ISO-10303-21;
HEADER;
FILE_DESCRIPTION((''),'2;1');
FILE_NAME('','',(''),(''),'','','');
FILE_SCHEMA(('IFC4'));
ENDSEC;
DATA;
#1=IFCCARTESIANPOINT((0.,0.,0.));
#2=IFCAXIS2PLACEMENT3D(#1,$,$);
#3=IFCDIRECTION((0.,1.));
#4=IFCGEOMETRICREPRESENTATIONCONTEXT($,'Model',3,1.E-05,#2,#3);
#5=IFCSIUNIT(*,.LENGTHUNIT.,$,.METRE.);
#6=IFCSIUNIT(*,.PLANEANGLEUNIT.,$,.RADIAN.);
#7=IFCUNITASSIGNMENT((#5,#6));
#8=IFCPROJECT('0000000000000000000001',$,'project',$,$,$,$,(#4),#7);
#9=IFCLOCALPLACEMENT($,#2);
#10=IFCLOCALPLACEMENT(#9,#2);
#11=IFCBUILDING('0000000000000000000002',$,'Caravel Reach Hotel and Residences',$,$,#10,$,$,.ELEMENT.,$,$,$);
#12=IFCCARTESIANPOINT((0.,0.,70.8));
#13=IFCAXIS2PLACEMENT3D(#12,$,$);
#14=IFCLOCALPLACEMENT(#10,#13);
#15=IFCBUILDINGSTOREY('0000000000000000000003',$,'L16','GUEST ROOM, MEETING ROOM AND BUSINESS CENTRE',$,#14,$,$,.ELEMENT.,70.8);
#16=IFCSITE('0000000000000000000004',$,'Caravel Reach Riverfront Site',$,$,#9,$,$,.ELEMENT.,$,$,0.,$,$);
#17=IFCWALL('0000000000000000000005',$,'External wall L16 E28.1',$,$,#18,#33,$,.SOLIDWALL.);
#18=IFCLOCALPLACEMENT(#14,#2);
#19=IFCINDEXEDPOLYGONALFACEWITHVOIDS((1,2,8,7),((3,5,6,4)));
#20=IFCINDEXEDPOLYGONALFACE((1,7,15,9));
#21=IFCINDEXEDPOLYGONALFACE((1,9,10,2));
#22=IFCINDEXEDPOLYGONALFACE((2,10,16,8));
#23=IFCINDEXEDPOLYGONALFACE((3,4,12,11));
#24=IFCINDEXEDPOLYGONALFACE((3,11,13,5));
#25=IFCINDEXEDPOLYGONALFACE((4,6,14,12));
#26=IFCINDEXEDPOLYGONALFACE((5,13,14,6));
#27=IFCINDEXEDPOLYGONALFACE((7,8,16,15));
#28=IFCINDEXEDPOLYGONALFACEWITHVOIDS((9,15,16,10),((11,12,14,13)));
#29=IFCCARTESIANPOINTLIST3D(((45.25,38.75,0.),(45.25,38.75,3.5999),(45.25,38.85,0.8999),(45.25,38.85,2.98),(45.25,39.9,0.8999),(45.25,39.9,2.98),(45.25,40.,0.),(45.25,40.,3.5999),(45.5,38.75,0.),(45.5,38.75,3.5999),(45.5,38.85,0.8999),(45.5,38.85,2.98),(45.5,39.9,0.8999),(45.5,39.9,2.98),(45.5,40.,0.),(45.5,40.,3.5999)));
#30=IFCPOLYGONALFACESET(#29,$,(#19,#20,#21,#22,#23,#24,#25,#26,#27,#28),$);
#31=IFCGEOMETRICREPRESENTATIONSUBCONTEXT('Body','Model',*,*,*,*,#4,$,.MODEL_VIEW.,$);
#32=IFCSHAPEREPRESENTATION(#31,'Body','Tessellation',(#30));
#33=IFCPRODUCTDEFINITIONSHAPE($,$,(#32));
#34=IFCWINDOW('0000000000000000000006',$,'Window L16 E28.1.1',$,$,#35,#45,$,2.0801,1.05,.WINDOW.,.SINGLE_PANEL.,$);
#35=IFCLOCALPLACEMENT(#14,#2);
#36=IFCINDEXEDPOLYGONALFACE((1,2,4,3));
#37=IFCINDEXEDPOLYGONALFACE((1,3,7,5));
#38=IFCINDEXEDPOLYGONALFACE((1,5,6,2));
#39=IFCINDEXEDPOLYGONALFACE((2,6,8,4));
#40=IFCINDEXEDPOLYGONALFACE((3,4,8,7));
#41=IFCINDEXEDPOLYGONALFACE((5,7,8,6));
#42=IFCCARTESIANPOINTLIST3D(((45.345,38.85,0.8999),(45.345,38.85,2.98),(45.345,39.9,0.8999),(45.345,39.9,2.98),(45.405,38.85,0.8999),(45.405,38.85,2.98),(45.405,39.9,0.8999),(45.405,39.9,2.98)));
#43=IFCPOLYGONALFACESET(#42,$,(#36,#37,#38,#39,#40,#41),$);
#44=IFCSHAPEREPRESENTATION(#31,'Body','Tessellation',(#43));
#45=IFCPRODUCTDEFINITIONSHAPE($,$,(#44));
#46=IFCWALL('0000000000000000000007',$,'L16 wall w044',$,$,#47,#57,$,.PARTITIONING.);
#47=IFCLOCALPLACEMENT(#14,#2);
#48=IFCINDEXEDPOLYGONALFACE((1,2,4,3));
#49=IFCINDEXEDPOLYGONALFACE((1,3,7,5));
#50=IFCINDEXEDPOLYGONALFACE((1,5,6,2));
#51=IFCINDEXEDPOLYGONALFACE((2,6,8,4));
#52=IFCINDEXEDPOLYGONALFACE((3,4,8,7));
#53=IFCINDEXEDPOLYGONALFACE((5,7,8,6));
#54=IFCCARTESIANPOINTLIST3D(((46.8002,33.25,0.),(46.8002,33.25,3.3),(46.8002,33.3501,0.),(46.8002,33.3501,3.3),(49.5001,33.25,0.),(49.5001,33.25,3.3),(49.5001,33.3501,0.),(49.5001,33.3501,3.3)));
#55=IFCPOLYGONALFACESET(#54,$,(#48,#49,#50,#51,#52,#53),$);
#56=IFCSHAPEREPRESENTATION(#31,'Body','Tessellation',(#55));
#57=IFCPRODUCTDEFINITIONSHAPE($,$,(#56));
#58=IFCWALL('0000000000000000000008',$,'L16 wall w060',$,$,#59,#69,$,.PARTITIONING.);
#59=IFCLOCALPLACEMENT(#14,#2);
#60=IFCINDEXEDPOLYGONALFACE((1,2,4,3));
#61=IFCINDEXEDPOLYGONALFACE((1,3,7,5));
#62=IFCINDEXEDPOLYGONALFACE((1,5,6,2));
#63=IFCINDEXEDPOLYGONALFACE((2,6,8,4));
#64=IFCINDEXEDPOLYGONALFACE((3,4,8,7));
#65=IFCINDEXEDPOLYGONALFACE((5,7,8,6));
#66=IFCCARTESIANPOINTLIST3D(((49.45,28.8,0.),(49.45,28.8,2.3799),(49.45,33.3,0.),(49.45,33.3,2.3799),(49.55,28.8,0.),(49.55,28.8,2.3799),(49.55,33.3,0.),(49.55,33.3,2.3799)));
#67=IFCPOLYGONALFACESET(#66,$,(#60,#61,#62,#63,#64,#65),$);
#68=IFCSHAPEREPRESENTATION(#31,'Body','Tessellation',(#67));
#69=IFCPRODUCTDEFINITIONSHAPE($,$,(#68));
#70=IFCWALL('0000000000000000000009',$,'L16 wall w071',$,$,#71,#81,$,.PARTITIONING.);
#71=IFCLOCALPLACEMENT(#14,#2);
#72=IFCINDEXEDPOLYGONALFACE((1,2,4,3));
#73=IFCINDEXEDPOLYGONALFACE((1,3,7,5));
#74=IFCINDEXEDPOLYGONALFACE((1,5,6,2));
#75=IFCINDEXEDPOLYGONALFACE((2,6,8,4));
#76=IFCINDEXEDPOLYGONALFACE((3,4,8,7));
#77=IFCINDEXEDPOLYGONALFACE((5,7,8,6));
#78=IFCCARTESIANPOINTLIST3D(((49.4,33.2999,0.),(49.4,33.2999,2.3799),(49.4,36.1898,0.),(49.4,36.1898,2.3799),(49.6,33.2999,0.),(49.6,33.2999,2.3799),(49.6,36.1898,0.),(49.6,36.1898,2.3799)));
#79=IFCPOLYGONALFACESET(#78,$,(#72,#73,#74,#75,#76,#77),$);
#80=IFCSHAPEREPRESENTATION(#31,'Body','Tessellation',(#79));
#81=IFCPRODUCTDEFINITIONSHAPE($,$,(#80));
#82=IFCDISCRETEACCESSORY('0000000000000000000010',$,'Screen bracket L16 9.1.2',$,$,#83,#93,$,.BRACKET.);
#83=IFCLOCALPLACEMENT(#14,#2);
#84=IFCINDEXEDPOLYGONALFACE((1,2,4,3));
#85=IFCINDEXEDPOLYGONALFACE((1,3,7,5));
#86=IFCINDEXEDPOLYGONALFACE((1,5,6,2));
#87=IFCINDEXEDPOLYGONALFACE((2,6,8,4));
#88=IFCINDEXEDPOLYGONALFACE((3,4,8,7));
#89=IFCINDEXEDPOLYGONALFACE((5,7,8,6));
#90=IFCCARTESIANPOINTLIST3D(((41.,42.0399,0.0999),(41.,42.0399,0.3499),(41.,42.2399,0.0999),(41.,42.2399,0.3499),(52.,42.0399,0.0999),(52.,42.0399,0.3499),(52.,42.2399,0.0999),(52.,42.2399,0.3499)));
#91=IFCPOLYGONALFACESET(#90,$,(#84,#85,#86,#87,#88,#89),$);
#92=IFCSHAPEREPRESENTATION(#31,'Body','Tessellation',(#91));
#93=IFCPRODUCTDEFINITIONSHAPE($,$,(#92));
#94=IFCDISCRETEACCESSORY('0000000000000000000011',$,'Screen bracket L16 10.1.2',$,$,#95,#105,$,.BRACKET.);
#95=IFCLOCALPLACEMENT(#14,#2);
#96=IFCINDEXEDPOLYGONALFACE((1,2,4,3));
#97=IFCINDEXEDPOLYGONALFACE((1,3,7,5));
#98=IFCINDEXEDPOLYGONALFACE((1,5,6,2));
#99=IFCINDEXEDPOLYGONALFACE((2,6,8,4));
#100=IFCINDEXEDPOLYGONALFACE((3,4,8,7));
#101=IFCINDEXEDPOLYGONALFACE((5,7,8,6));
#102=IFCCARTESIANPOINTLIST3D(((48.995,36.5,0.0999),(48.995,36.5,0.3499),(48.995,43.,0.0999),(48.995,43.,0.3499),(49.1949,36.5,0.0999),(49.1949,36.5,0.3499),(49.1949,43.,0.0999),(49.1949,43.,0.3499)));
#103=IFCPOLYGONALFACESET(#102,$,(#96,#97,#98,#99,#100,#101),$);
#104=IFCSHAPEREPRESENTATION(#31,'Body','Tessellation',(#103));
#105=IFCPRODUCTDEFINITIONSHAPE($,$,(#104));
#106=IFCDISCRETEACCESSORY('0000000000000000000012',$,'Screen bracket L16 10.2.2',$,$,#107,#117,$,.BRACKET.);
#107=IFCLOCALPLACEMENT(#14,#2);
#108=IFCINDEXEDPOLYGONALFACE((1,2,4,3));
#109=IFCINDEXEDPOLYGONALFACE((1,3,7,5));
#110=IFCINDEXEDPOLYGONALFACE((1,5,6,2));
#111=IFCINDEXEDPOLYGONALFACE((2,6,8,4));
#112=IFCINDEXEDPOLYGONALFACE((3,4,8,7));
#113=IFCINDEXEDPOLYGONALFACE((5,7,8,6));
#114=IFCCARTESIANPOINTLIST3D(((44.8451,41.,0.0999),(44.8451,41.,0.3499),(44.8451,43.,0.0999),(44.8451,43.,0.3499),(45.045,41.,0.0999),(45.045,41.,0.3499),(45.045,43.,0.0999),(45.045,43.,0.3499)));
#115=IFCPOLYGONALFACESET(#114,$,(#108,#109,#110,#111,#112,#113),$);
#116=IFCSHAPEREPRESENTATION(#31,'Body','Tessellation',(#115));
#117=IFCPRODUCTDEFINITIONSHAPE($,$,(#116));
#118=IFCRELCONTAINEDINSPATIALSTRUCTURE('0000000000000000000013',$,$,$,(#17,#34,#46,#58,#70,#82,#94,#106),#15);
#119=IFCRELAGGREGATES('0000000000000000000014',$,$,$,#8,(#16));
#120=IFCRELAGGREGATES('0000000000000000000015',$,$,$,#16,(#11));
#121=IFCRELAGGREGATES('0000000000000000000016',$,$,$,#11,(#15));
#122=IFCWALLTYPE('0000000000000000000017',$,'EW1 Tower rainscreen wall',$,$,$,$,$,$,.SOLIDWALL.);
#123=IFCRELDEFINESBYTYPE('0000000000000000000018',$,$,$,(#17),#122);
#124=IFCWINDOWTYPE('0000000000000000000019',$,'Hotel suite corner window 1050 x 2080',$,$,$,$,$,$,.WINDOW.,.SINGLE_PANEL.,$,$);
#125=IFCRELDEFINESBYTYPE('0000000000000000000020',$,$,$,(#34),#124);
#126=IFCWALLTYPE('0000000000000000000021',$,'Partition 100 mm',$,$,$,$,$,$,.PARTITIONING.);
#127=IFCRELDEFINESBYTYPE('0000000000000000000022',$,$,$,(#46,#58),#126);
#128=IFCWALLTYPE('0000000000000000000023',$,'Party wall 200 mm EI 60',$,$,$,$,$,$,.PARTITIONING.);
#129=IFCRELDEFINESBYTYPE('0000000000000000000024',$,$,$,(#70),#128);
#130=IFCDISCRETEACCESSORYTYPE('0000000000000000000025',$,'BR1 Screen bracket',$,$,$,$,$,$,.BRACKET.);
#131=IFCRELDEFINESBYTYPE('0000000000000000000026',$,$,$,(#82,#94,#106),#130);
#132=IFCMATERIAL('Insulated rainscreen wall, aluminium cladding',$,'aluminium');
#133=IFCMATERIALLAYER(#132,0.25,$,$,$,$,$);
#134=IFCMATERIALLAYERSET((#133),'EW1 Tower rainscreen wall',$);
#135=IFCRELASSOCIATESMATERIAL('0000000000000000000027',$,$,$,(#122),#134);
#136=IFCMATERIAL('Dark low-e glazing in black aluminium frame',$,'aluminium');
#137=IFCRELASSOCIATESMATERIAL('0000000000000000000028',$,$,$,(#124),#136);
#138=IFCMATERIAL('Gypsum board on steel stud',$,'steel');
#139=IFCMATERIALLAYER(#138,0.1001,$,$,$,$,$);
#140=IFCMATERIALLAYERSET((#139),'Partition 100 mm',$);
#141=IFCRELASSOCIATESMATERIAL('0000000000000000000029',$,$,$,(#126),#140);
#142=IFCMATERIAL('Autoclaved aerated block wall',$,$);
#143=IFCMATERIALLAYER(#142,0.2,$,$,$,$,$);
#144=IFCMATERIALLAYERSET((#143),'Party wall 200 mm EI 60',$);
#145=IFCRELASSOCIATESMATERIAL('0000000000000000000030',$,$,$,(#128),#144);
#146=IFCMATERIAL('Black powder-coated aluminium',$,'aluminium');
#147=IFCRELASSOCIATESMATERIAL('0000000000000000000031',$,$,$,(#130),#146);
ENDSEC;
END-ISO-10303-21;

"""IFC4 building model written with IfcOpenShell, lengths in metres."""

from ifc_helpers import new_model, si_unit, direction, frame, frame_2d, origin, origin_2d, place, context, subcontext, project, spatial, rectangle, extrude, material, layer, layer_set, type_object, element, fill, save


model = new_model("IFC4")

# Units and contexts
model_context = context("Model", 3, precision=1e-05, world=origin(), true_north=direction((0.0, 1.0)))
body_context = subcontext(model_context, "Body", "Model", "MODEL_VIEW")
ifc_project = project(units=[si_unit("LENGTHUNIT", "METRE"), si_unit("PLANEANGLEUNIT", "RADIAN")], contexts=[model_context])

# Site, building, storey
site_placement = place(None, origin())
site = spatial("IfcSite", under=ifc_project, at=site_placement, Name="Caravel Reach Riverfront Site", CompositionType="ELEMENT", RefElevation=0.0)
building_placement = place(site_placement, origin())
building = spatial("IfcBuilding", under=site, at=building_placement, Name="Caravel Reach Hotel and Residences", CompositionType="ELEMENT")
storey_placement = place(building_placement, frame((0.0, 0.0, 70.8)))
storey = spatial("IfcBuildingStorey", under=building, at=storey_placement, Name="L16", Description="GUEST ROOM, MEETING ROOM AND BUSINESS CENTRE", CompositionType="ELEMENT", Elevation=70.8)

# Wall, opening, window
ifc_material_1 = material(Name="Insulated rainscreen wall, aluminium cladding", Category="aluminium")
ifc_layer_1 = layer(ifc_material_1, 0.25)
ifc_layer_set_1 = layer_set([ifc_layer_1], Name="EW1 Tower rainscreen wall")
wall_type_1 = type_object("IfcWallType", Name="EW1 Tower rainscreen wall", PredefinedType="SOLIDWALL", material=ifc_layer_set_1)
ifc_material_2 = material(Name="Dark low-e glazing in black aluminium frame", Category="aluminium")
window_type = type_object("IfcWindowType", Name="Hotel suite corner window 1050 x 2080", PartitioningType="SINGLE_PANEL", PredefinedType="WINDOW", material=ifc_material_2)
wall_1_placement = place(storey_placement, frame((45.375, 38.75, 0.0), z_axis=(0.0, 0.0, 1.0), x_axis=(0.0, 1.0, 0.0)))
wall_1 = element("IfcWall", 1, at=wall_1_placement, inside=storey, type_object=wall_type_1, Name="External wall L16 E28.1", PredefinedType="SOLIDWALL", context=body_context, shape_type="SweptSolid", body=[
    extrude(rectangle(XDim=1.25, YDim=0.25, at=frame_2d((0.625, 0.0))), origin(), (0.0, 0.0, 1.0), 3.5999),
])
opening_1_placement = place(wall_1_placement, frame((0.1001, 0.0, 0.8999)))
opening_1 = element("IfcOpeningElement", 2, at=opening_1_placement, cuts=wall_1, PredefinedType="OPENING", context=body_context, shape_type="SweptSolid", body=[
    extrude(rectangle(XDim=1.05, YDim=2.0801, at=frame_2d((0.5249, 1.04))), frame((0.0, 0.135, 0.0), z_axis=(0.0, -1.0, 0.0), x_axis=(1.0, 0.0, 0.0)), (0.0, 0.0, 1.0), 0.27),
])
window_1_placement = place(opening_1_placement, origin())
window_1 = element("IfcWindow", 3, at=window_1_placement, inside=storey, type_object=window_type, Name="Window L16 E28.1.1", OverallHeight=2.0801, OverallWidth=1.05, PartitioningType="SINGLE_PANEL", PredefinedType="WINDOW", context=body_context, shape_type="SweptSolid", body=[
    extrude(rectangle(XDim=1.05, YDim=2.0801, at=frame_2d((0.5249, 1.04))), frame((0.0, 0.03, 0.0), z_axis=(0.0, -1.0, 0.0), x_axis=(1.0, 0.0, 0.0)), (0.0, 0.0, 1.0), 0.0601),
])
fill(opening_1, window_1)

# Walls
ifc_material_3 = material(Name="Gypsum board on steel stud", Category="steel")
ifc_layer_2 = layer(ifc_material_3, 0.1001)
ifc_layer_set_2 = layer_set([ifc_layer_2], Name="Partition 100 mm")
wall_type_2 = type_object("IfcWallType", Name="Partition 100 mm", PredefinedType="PARTITIONING", material=ifc_layer_set_2)
wall_2_placement = place(storey_placement, frame((46.8, 33.3, 0.0), z_axis=(0.0, 0.0, 1.0), x_axis=(1.0, 0.0, 0.0)))
element("IfcWall", 4, at=wall_2_placement, inside=storey, type_object=wall_type_2, Name="L16 wall w044", PredefinedType="PARTITIONING", context=body_context, shape_type="SweptSolid", body=[
    extrude(rectangle(XDim=2.7, YDim=0.1001, at=frame_2d((1.3501, 0.0))), origin(), (0.0, 0.0, 1.0), 3.3),
])
wall_3_placement = place(storey_placement, frame((49.5, 28.8, 0.0), z_axis=(0.0, 0.0, 1.0), x_axis=(0.0, 1.0, 0.0)))
element("IfcWall", 5, at=wall_3_placement, inside=storey, type_object=wall_type_2, Name="L16 wall w060", PredefinedType="PARTITIONING", context=body_context, shape_type="SweptSolid", body=[
    extrude(rectangle(XDim=4.5, YDim=0.1001, at=frame_2d((2.25, 0.0))), origin(), (0.0, 0.0, 1.0), 2.3799),
])
ifc_material_4 = material(Name="Autoclaved aerated block wall")
ifc_layer_3 = layer(ifc_material_4, 0.2)
ifc_layer_set_3 = layer_set([ifc_layer_3], Name="Party wall 200 mm EI 60")
wall_type_3 = type_object("IfcWallType", Name="Party wall 200 mm EI 60", PredefinedType="PARTITIONING", material=ifc_layer_set_3)
wall_4_placement = place(storey_placement, frame((49.5, 33.3, 0.0), z_axis=(0.0, 0.0, 1.0), x_axis=(0.0, 1.0, 0.0)))
element("IfcWall", 6, at=wall_4_placement, inside=storey, type_object=wall_type_3, Name="L16 wall w071", PredefinedType="PARTITIONING", context=body_context, shape_type="SweptSolid", body=[
    extrude(rectangle(XDim=2.8899, YDim=0.2, at=frame_2d((1.4448, 0.0))), origin(), (0.0, 0.0, 1.0), 2.3799),
])

# Discrete accessories
ifc_material_5 = material(Name="Black powder-coated aluminium", Category="aluminium")
discrete_accessory_type = type_object("IfcDiscreteAccessoryType", Name="BR1 Screen bracket", PredefinedType="BRACKET", material=ifc_material_5)
discrete_accessory_1_placement = place(storey_placement, frame((46.5, 42.1399, 0.0999), z_axis=(0.0, 0.0, 1.0), x_axis=(1.0, 0.0, 0.0)))
element("IfcDiscreteAccessory", 7, at=discrete_accessory_1_placement, inside=storey, type_object=discrete_accessory_type, Name="Screen bracket L16 9.1.2", PredefinedType="BRACKET", context=body_context, shape_type="SweptSolid", body=[
    extrude(rectangle(XDim=11.0, YDim=0.2, at=origin_2d()), origin(), (0.0, 0.0, 1.0), 0.25),
])
discrete_accessory_2_placement = place(storey_placement, frame((49.095, 39.75, 0.0999), z_axis=(0.0, 0.0, 1.0), x_axis=(0.0, 1.0, 0.0)))
element("IfcDiscreteAccessory", 8, at=discrete_accessory_2_placement, inside=storey, type_object=discrete_accessory_type, Name="Screen bracket L16 10.1.2", PredefinedType="BRACKET", context=body_context, shape_type="SweptSolid", body=[
    extrude(rectangle(XDim=6.5, YDim=0.2, at=origin_2d()), origin(), (0.0, 0.0, 1.0), 0.25),
])
discrete_accessory_3_placement = place(storey_placement, frame((44.9451, 42.0, 0.0999), z_axis=(0.0, 0.0, 1.0), x_axis=(0.0, 1.0, 0.0)))
element("IfcDiscreteAccessory", 9, at=discrete_accessory_3_placement, inside=storey, type_object=discrete_accessory_type, Name="Screen bracket L16 10.2.2", PredefinedType="BRACKET", context=body_context, shape_type="SweptSolid", body=[
    extrude(rectangle(XDim=2.0, YDim=0.2, at=origin_2d()), origin(), (0.0, 0.0, 1.0), 0.25),
])

save(model, "model.ifc")
